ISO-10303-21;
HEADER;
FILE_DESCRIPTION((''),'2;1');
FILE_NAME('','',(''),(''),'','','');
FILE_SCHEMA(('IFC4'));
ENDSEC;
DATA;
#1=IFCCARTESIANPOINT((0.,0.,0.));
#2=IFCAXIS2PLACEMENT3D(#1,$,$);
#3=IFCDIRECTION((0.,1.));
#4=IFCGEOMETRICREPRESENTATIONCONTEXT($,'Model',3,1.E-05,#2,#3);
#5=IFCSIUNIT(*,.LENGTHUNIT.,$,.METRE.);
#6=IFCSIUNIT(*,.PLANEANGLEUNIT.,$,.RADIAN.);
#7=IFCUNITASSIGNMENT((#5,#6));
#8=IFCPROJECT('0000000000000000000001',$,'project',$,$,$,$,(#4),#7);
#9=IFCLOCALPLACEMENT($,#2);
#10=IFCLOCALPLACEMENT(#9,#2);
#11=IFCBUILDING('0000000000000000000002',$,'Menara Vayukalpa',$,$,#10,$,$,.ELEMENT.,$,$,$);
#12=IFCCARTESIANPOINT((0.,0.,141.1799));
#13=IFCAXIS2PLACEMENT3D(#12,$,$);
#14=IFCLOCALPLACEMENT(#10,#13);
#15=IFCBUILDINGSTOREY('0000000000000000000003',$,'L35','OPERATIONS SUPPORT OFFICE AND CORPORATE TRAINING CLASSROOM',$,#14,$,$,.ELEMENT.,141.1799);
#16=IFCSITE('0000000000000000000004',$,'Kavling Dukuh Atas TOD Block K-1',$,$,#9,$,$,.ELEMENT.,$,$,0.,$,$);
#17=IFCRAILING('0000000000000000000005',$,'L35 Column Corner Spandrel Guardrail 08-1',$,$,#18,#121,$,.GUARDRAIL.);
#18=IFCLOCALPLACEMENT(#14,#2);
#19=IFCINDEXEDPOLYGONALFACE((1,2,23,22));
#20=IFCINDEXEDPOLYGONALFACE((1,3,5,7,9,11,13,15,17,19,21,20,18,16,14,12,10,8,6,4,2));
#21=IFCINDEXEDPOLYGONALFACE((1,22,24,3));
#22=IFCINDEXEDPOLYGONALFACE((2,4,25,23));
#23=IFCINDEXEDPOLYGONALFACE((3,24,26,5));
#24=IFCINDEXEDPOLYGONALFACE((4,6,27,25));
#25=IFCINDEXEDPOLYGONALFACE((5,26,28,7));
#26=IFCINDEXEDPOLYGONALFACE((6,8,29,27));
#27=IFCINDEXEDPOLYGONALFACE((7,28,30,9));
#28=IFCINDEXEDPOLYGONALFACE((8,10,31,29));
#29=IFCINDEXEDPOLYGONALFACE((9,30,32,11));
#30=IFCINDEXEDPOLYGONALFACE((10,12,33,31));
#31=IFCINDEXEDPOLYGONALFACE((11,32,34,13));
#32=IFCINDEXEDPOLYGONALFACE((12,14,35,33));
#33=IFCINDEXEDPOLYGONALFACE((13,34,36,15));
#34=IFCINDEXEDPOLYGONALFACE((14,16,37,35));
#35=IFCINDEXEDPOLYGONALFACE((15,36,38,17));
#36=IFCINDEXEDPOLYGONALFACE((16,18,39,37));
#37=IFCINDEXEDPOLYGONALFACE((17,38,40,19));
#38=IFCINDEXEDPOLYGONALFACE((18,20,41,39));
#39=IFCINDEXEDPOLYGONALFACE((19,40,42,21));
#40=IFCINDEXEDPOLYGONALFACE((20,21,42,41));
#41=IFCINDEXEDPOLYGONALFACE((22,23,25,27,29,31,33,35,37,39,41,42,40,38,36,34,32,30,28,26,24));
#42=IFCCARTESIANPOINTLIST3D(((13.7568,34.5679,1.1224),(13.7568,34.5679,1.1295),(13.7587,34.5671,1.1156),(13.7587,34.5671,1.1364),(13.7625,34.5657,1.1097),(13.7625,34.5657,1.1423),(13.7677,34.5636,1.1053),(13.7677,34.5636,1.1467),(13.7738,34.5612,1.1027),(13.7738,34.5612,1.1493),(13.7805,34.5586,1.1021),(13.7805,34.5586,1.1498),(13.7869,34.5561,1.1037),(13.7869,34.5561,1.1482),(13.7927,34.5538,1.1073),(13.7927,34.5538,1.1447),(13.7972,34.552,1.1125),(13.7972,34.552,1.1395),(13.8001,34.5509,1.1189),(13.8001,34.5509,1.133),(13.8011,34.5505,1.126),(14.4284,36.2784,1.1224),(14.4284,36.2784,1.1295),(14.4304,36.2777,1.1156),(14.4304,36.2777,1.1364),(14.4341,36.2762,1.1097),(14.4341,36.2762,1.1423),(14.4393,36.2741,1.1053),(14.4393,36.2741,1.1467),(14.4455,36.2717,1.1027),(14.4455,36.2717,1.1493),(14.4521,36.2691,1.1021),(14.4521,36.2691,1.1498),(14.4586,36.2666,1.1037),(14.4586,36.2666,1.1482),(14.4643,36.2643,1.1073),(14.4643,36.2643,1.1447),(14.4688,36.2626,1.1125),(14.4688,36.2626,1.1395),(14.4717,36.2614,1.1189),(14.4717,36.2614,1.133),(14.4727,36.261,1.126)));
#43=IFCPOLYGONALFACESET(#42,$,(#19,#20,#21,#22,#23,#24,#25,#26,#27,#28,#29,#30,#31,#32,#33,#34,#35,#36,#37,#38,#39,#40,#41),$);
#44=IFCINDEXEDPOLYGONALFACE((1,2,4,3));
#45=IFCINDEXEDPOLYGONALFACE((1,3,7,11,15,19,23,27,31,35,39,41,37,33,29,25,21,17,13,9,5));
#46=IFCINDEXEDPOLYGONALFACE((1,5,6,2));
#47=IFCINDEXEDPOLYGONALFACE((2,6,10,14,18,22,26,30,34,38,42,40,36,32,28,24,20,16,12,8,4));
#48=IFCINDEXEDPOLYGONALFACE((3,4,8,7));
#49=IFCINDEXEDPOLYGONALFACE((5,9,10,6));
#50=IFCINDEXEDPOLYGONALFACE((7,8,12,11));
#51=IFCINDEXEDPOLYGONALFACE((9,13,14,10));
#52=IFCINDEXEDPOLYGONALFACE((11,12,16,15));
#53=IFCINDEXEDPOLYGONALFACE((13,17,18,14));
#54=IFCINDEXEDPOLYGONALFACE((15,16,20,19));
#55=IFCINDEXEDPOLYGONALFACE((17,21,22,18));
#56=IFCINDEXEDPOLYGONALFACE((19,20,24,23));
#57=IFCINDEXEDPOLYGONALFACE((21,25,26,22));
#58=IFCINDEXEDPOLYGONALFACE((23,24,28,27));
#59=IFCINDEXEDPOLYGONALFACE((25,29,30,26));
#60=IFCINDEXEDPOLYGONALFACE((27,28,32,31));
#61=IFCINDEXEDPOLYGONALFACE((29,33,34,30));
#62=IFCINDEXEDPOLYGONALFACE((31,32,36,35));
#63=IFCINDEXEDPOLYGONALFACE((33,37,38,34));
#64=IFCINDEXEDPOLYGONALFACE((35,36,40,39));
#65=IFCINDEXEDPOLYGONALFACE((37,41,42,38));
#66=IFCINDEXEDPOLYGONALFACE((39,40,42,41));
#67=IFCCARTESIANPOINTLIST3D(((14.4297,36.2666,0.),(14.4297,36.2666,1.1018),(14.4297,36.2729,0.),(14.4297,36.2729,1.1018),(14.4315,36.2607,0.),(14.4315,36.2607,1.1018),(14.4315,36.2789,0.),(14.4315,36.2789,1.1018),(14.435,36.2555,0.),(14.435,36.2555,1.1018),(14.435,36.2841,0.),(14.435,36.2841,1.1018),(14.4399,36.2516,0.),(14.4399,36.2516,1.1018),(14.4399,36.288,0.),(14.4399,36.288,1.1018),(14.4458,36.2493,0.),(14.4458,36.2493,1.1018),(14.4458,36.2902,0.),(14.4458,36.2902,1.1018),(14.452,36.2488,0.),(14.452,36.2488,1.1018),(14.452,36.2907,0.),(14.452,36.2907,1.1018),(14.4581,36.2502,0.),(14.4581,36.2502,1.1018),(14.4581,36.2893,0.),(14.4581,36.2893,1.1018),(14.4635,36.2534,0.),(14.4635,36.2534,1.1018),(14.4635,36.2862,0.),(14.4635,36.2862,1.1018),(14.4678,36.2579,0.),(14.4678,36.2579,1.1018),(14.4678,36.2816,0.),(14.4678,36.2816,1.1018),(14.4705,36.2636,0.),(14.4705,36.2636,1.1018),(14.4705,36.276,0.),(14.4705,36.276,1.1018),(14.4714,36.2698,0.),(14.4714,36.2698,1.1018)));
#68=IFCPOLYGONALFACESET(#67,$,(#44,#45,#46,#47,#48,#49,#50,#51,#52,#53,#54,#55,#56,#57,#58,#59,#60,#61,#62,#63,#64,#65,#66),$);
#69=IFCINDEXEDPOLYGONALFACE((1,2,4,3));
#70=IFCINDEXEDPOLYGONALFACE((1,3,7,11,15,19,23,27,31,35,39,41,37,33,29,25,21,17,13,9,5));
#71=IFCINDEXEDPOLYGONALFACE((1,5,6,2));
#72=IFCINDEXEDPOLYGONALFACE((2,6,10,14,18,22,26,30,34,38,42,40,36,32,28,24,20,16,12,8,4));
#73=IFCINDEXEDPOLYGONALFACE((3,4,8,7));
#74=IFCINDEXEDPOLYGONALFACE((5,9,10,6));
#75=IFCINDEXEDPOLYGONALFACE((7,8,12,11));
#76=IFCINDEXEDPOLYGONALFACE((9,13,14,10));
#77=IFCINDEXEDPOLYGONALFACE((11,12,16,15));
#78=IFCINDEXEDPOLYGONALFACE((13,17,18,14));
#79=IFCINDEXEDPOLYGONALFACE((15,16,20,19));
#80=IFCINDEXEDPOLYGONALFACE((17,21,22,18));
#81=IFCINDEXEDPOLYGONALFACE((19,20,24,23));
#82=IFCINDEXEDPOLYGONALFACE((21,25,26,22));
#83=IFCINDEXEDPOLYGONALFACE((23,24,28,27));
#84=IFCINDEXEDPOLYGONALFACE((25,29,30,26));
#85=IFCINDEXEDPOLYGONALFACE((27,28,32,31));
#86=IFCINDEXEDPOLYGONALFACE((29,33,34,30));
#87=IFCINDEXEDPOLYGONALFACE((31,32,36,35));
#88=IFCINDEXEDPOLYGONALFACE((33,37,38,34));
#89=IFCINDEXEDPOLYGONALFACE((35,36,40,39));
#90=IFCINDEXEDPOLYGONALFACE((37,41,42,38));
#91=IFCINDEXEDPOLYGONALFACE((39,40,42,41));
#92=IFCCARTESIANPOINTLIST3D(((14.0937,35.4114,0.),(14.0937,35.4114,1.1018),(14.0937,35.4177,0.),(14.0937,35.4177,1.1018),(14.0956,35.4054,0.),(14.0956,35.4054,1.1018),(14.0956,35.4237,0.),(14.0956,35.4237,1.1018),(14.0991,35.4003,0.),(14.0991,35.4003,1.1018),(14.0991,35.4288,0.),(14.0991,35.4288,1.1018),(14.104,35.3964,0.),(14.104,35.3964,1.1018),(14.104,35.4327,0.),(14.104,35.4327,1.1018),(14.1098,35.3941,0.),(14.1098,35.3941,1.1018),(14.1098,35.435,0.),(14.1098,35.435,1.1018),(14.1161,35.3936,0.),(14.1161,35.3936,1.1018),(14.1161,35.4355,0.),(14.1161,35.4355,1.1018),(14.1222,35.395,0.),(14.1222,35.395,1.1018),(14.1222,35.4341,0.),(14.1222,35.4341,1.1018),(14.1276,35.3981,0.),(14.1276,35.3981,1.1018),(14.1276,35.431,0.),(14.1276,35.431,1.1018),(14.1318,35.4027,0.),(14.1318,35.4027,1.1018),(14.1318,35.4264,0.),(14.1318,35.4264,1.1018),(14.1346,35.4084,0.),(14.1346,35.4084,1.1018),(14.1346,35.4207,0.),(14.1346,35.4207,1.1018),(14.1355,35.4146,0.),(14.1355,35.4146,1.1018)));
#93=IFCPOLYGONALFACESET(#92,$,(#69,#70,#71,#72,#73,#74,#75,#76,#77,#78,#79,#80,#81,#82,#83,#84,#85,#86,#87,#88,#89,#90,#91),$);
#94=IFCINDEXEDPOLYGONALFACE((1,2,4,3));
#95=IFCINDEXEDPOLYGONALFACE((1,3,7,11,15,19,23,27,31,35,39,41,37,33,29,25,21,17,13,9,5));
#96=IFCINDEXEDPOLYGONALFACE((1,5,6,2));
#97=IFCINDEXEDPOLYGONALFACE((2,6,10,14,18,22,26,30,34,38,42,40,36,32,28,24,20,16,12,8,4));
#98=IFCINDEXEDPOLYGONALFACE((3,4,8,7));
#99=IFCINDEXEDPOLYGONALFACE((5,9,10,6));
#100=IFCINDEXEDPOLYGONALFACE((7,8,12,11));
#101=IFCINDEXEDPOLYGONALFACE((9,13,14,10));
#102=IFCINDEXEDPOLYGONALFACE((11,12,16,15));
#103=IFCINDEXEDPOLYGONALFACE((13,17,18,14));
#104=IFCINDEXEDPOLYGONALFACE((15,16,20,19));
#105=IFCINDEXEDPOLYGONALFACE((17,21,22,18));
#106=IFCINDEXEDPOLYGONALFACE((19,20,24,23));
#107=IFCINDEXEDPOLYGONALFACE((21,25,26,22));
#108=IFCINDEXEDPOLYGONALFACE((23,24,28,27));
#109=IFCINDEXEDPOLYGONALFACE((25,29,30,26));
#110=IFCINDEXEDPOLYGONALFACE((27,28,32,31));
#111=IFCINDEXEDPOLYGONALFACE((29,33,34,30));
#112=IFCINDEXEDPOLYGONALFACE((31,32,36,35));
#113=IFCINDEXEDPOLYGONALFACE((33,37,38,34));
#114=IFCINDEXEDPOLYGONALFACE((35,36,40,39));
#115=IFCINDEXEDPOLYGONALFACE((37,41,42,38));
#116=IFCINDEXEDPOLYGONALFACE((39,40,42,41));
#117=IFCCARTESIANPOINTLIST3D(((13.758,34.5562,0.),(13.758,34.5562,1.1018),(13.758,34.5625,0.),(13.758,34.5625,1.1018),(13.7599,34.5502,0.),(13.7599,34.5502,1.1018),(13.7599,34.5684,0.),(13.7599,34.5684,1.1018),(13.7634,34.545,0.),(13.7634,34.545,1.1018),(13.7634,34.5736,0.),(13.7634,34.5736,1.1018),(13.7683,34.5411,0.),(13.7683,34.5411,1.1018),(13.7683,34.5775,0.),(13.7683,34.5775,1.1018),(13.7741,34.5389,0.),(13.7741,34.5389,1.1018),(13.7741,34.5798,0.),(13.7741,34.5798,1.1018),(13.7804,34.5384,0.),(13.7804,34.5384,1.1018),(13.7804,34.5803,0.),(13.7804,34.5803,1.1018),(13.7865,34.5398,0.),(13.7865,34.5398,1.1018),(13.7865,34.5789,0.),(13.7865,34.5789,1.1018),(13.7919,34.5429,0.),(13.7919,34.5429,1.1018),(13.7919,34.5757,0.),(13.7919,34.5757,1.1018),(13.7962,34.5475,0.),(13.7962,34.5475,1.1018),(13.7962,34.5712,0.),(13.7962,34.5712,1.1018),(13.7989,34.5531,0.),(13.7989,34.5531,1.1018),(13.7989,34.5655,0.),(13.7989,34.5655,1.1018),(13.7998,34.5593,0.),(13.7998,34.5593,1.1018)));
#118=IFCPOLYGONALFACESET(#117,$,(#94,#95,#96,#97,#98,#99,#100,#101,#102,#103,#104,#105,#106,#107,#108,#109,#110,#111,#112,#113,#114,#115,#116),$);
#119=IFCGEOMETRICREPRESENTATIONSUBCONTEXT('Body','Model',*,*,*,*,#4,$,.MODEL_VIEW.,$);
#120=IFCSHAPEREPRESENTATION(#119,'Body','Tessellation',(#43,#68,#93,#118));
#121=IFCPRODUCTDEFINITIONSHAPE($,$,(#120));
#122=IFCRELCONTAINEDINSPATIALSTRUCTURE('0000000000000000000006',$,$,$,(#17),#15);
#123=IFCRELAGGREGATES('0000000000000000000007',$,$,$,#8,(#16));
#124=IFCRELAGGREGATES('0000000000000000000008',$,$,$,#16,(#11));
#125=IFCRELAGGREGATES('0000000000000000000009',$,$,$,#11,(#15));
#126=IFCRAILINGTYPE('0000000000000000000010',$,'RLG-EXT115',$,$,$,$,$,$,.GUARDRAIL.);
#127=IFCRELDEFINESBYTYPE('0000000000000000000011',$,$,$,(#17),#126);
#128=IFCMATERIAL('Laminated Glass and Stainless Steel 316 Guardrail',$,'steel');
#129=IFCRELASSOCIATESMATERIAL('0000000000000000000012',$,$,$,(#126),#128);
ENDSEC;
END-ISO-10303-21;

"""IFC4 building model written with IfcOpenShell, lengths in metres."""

from ifc_helpers import new_model, si_unit, direction, frame, origin, origin_2d, place, context, subcontext, project, spatial, circle, extrude, material, type_object, element, save


model = new_model("IFC4")

# Units and contexts
model_context = context("Model", 3, precision=1e-05, world=origin(), true_north=direction((0.0, 1.0)))
body_context = subcontext(model_context, "Body", "Model", "MODEL_VIEW")
ifc_project = project(units=[si_unit("LENGTHUNIT", "METRE"), si_unit("PLANEANGLEUNIT", "RADIAN")], contexts=[model_context])

# Site, building, storey
site_placement = place(None, origin())
site = spatial("IfcSite", under=ifc_project, at=site_placement, Name="Kavling Dukuh Atas TOD Block K-1", CompositionType="ELEMENT", RefElevation=0.0)
building_placement = place(site_placement, origin())
building = spatial("IfcBuilding", under=site, at=building_placement, Name="Menara Vayukalpa", CompositionType="ELEMENT")
storey_placement = place(building_placement, frame((0.0, 0.0, 141.1799)))
storey = spatial("IfcBuildingStorey", under=building, at=storey_placement, Name="L35", Description="OPERATIONS SUPPORT OFFICE AND CORPORATE TRAINING CLASSROOM", CompositionType="ELEMENT", Elevation=141.1799)

# Railing
ifc_material_1 = material(Name="Laminated Glass and Stainless Steel 316 Guardrail", Category="steel")
railing_type = type_object("IfcRailingType", Name="RLG-EXT115", PredefinedType="GUARDRAIL", material=ifc_material_1)
railing_1_placement = place(storey_placement, frame((14.4504, 36.2698, 0.0)))
element("IfcRailing", 1, at=railing_1_placement, inside=storey, type_object=railing_type, Name="L35 Column Corner Spandrel Guardrail 08-1", PredefinedType="GUARDRAIL", context=body_context, shape_type="SweptSolid", body=[
    extrude(circle(Radius=0.0239, at=origin_2d()), frame((0.0, 0.0, 1.126), z_axis=(-0.365496, -0.930813, 0.0), x_axis=(0.930813, -0.365496, 0.0)), (0.0, 0.0, 1.0), 1.8376),
    extrude(circle(Radius=0.021, at=origin_2d()), origin(), (0.0, 0.0, 1.0), 1.1018),
    extrude(circle(Radius=0.021, at=origin_2d()), frame((-0.3359, -0.8552, 0.0)), (0.0, 0.0, 1.0), 1.1018),
    extrude(circle(Radius=0.021, at=origin_2d()), frame((-0.6716, -1.7104, 0.0)), (0.0, 0.0, 1.0), 1.1018),
])

save(model, "model.ifc")
